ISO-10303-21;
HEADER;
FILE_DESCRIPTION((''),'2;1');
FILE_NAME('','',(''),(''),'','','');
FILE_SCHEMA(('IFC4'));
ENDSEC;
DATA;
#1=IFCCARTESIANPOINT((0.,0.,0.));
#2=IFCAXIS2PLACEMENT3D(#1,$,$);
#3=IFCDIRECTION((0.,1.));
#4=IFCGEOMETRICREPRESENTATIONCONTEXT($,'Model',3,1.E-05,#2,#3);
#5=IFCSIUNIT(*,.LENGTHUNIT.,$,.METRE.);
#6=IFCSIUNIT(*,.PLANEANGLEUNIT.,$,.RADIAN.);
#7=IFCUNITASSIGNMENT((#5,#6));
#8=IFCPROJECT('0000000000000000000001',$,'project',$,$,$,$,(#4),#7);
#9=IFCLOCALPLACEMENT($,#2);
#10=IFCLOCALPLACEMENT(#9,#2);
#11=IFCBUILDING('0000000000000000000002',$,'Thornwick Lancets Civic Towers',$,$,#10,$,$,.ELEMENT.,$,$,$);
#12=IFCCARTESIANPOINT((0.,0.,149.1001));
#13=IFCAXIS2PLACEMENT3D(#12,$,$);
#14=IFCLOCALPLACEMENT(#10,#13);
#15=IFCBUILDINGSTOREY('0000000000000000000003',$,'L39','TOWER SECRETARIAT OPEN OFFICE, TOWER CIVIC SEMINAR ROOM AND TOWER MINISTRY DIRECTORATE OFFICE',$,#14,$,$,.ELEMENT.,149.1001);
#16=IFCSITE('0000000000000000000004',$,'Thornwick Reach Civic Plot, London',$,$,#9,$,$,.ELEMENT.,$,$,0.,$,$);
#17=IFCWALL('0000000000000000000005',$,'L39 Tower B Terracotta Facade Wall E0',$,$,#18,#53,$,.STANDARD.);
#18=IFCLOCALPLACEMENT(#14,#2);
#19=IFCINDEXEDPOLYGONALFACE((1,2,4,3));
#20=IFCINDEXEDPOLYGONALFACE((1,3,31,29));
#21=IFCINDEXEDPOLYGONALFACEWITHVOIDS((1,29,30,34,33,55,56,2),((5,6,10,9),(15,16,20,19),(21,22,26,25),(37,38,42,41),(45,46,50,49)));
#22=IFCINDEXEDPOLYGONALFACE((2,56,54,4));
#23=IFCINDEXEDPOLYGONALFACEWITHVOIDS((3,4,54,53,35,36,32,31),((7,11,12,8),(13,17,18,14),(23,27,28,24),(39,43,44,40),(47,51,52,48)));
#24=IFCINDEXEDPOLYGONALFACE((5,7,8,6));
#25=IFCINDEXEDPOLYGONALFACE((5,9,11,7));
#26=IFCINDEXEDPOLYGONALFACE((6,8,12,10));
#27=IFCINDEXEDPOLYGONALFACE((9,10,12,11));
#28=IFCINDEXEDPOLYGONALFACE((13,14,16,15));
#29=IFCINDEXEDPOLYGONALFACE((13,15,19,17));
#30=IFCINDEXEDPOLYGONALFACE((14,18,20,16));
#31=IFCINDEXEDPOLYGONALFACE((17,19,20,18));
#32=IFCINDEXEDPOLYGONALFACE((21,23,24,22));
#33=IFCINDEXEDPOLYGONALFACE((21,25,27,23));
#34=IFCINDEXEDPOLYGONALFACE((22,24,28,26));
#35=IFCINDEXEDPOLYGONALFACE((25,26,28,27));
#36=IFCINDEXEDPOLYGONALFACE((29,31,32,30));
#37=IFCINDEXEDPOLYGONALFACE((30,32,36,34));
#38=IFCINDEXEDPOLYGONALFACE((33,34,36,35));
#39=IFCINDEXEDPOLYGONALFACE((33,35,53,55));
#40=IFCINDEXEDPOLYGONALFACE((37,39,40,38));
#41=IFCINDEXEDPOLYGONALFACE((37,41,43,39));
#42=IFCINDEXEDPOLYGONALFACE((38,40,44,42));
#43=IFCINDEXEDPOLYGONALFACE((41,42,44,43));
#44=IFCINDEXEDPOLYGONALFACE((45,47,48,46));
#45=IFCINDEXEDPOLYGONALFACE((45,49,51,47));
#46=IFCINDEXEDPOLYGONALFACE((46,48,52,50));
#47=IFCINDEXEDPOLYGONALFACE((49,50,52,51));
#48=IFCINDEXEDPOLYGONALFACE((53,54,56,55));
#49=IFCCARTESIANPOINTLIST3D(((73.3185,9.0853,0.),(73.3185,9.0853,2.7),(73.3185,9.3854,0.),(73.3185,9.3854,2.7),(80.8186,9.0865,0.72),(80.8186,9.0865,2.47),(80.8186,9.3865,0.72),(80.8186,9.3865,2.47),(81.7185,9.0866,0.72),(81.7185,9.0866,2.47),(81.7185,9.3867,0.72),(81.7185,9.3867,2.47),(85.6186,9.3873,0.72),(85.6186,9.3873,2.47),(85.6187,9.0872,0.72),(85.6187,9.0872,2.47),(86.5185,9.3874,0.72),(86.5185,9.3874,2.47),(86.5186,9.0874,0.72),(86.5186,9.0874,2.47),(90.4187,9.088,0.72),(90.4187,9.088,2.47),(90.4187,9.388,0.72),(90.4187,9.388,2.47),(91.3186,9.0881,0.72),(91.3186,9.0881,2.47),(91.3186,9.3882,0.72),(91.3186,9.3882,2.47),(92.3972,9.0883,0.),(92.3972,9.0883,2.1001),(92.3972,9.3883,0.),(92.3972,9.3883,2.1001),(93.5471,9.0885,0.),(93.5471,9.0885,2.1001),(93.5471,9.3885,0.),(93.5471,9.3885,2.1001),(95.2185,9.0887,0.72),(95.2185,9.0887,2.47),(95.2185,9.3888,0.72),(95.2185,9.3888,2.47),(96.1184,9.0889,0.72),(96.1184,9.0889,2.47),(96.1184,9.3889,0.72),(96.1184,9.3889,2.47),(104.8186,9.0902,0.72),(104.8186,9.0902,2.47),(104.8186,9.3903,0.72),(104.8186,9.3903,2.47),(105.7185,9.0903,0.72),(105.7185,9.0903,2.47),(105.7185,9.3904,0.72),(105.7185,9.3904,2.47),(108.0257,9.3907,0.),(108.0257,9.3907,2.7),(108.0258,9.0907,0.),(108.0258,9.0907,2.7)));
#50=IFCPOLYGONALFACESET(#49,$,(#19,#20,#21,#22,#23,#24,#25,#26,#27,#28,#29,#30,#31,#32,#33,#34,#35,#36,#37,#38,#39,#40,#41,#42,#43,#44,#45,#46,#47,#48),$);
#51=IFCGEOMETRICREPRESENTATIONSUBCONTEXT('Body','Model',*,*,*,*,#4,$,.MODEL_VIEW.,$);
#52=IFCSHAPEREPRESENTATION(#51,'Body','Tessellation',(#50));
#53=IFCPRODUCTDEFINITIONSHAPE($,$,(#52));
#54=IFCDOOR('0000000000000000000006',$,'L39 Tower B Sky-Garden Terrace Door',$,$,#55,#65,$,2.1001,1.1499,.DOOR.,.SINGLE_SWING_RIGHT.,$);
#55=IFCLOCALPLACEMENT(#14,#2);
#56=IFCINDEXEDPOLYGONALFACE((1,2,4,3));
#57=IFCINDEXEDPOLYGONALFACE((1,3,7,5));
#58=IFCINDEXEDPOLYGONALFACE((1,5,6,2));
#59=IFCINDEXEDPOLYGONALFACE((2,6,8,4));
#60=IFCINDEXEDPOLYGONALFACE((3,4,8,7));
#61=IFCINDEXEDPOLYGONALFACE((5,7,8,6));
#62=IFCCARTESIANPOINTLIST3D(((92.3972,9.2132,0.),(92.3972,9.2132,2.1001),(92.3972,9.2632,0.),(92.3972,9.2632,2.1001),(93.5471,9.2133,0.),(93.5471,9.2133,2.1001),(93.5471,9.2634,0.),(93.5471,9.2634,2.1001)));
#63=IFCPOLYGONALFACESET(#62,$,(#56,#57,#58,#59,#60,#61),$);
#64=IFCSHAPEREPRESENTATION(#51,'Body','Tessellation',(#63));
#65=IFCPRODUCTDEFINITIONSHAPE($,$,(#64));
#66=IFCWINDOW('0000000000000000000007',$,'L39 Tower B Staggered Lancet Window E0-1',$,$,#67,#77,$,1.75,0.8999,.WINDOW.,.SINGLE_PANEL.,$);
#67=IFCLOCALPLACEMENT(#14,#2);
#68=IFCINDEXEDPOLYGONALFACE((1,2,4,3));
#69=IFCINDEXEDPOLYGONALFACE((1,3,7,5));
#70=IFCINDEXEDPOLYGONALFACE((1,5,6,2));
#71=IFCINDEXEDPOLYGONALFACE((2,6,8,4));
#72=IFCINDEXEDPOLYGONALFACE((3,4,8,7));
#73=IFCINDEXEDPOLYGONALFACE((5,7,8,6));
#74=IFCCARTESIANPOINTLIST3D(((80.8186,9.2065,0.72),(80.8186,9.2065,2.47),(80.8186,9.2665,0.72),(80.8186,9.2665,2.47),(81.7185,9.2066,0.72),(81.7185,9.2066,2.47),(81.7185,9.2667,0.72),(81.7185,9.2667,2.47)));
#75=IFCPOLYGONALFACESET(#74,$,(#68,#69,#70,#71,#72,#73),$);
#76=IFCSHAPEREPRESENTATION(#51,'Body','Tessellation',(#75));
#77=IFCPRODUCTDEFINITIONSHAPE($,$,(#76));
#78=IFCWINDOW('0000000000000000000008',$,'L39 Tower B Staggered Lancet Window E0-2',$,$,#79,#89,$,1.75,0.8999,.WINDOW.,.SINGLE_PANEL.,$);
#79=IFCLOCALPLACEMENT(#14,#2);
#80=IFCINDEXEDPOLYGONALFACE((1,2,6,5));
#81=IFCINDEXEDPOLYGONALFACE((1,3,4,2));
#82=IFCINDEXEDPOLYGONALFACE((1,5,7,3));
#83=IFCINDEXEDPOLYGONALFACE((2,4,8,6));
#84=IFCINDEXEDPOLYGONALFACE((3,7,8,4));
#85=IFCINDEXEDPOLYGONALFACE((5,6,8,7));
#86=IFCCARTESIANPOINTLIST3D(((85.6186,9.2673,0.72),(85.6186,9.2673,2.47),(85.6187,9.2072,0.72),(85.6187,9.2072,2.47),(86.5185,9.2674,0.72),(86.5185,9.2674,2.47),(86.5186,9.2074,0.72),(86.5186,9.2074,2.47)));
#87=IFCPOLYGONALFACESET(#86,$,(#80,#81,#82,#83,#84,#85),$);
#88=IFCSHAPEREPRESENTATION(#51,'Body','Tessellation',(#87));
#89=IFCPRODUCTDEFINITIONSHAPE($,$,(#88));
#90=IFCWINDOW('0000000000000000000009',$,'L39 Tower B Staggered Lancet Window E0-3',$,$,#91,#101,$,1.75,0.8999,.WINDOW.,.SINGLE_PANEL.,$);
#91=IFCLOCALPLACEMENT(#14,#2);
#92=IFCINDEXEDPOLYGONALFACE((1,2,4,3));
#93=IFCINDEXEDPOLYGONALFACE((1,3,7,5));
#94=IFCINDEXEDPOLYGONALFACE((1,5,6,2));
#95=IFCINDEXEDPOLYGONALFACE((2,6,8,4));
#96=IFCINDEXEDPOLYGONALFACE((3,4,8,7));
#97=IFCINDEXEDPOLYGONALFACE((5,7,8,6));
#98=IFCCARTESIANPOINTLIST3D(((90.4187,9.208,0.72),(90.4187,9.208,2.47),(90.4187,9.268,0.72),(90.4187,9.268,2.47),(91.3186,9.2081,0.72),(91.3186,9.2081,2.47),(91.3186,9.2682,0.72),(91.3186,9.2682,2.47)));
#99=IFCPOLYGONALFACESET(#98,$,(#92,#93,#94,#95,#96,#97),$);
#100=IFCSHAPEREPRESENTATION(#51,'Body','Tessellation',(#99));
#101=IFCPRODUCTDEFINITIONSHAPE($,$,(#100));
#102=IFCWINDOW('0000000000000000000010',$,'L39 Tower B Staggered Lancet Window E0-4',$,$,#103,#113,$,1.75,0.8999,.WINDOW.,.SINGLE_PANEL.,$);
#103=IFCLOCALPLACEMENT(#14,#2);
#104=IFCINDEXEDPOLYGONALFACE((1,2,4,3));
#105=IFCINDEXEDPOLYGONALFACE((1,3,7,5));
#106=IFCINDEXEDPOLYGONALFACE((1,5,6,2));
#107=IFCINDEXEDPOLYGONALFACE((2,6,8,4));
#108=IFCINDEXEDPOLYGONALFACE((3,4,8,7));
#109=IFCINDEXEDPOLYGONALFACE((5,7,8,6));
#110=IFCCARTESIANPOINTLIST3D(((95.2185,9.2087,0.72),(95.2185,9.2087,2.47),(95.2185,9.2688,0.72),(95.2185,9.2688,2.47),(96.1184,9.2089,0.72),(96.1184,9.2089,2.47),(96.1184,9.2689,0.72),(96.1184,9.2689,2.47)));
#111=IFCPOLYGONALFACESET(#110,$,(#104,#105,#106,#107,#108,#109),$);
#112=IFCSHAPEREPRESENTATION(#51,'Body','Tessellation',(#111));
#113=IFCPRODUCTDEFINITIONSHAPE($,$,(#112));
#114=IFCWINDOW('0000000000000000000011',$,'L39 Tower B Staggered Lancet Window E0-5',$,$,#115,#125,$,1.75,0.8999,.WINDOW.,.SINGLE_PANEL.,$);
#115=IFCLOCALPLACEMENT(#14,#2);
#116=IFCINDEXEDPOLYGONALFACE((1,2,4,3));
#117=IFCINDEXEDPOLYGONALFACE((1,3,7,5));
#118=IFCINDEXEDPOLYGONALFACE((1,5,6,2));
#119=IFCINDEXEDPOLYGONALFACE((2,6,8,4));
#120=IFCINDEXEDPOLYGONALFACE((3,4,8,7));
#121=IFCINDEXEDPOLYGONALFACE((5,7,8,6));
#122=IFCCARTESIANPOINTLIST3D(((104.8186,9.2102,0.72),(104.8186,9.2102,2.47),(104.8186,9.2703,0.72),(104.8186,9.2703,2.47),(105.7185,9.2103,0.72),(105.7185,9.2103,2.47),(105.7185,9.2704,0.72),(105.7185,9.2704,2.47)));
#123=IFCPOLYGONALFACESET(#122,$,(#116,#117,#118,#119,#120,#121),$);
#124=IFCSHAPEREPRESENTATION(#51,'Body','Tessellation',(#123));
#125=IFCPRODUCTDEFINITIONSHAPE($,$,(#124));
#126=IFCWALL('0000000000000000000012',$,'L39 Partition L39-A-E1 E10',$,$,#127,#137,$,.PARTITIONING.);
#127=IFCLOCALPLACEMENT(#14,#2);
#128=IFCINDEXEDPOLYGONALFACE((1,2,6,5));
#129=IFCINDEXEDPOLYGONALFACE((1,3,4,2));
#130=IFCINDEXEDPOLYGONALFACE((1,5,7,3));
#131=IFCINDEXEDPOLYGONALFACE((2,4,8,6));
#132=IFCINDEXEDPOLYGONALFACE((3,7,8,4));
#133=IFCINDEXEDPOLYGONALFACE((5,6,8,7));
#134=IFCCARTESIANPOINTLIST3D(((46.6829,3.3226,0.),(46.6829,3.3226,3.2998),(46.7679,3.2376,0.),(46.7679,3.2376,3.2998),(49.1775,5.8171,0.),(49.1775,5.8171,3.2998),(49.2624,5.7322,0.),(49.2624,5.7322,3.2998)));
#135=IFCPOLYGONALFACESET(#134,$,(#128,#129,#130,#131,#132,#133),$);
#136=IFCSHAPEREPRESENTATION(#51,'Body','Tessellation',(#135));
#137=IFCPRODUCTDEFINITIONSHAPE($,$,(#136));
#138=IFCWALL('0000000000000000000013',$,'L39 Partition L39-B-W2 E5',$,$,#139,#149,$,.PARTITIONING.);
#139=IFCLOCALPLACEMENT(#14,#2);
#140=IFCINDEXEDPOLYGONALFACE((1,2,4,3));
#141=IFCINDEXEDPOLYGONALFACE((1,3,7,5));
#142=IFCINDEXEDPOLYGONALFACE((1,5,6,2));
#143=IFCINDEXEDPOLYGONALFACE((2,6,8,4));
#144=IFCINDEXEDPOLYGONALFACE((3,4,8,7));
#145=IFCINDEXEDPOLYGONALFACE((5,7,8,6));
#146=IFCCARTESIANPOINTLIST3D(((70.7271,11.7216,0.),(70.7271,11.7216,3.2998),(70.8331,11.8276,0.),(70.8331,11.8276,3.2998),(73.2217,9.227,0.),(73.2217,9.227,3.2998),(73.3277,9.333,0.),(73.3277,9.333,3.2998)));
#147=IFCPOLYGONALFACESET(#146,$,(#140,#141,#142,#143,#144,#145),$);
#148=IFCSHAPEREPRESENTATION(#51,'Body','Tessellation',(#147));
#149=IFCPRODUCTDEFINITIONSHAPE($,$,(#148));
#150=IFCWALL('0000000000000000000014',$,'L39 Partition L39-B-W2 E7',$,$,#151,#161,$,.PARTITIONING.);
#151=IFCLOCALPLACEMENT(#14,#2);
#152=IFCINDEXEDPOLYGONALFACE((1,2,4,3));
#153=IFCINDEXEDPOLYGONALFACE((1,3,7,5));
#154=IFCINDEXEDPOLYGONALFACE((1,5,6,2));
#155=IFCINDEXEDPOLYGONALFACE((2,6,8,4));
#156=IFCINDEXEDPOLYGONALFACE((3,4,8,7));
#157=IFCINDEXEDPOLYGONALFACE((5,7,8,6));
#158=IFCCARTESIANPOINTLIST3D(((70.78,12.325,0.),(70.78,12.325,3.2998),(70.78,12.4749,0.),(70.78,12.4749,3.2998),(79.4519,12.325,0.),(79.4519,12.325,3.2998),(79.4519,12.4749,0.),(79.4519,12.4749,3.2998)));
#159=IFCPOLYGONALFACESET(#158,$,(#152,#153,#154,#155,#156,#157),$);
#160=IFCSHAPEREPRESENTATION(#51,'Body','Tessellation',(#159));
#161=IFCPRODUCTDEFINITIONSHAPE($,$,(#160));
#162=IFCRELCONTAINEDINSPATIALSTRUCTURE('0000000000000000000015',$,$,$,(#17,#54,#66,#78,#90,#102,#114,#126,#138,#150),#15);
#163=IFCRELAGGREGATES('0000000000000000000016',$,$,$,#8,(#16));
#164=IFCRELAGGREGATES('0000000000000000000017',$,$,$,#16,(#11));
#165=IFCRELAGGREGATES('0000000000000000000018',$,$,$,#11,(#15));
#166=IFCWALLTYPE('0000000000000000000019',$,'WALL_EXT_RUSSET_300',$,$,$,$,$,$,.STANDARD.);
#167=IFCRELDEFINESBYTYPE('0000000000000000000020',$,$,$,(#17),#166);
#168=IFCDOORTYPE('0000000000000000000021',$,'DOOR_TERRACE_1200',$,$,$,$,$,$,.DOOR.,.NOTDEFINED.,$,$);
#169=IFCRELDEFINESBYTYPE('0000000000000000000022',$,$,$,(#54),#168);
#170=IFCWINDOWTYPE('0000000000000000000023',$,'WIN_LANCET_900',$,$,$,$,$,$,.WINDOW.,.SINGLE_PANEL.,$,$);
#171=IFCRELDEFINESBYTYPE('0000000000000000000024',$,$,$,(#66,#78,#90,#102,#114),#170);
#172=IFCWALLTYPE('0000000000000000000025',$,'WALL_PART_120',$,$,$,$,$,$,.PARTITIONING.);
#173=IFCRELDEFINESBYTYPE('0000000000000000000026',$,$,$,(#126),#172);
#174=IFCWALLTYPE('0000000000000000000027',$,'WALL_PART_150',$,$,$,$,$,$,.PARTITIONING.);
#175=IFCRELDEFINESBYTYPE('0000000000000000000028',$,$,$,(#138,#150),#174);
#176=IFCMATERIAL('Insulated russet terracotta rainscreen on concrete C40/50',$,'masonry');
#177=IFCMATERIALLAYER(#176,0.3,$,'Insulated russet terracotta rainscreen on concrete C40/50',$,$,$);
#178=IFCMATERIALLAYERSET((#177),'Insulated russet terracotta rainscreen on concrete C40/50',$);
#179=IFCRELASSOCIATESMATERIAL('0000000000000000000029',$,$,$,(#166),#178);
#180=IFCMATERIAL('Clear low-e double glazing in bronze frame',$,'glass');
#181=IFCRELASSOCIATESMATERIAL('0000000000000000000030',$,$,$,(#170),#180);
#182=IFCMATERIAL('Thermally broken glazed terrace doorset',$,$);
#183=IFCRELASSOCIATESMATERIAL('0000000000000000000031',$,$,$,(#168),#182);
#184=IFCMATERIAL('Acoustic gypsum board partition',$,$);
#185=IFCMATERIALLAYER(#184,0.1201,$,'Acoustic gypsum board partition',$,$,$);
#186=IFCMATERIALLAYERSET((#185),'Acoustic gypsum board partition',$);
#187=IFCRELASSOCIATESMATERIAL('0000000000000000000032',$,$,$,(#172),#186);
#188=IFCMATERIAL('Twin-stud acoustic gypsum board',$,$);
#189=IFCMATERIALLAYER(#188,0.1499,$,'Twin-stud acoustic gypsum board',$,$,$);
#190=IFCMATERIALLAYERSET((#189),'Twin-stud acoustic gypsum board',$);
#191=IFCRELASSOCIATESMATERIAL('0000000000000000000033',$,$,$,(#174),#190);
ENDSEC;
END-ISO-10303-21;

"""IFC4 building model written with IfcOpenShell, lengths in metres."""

from ifc_helpers import new_model, si_unit, direction, frame, frame_2d, origin, place, context, subcontext, project, spatial, rectangle, extrude, material, layer, layer_set, type_object, element, fill, save


model = new_model("IFC4")

# Units and contexts
model_context = context("Model", 3, precision=1e-05, world=origin(), true_north=direction((0.0, 1.0)))
body_context = subcontext(model_context, "Body", "Model", "MODEL_VIEW")
ifc_project = project(units=[si_unit("LENGTHUNIT", "METRE"), si_unit("PLANEANGLEUNIT", "RADIAN")], contexts=[model_context])

# Site, building, storey
site_placement = place(None, origin())
site = spatial("IfcSite", under=ifc_project, at=site_placement, Name="Thornwick Reach Civic Plot, London", CompositionType="ELEMENT", RefElevation=0.0)
building_placement = place(site_placement, origin())
building = spatial("IfcBuilding", under=site, at=building_placement, Name="Thornwick Lancets Civic Towers", CompositionType="ELEMENT")
storey_placement = place(building_placement, frame((0.0, 0.0, 149.1001)))
storey = spatial("IfcBuildingStorey", under=building, at=storey_placement, Name="L39", Description="TOWER SECRETARIAT OPEN OFFICE, TOWER CIVIC SEMINAR ROOM AND TOWER MINISTRY DIRECTORATE OFFICE", CompositionType="ELEMENT", Elevation=149.1001)

# Shared definitions
ifc_material_1 = material(Name="Insulated russet terracotta rainscreen on concrete C40/50", Category="masonry")
ifc_layer_1 = layer(ifc_material_1, 0.3, Name="Insulated russet terracotta rainscreen on concrete C40/50")
ifc_layer_set_1 = layer_set([ifc_layer_1], Name="Insulated russet terracotta rainscreen on concrete C40/50")
wall_type_1 = type_object("IfcWallType", Name="WALL_EXT_RUSSET_300", PredefinedType="STANDARD", material=ifc_layer_set_1)
ifc_material_2 = material(Name="Clear low-e double glazing in bronze frame", Category="glass")
window_type = type_object("IfcWindowType", Name="WIN_LANCET_900", PartitioningType="SINGLE_PANEL", PredefinedType="WINDOW", material=ifc_material_2)

# Wall, openings, door, windows
wall_1_placement = place(storey_placement, frame((73.3186, 9.2354, 0.0), z_axis=(0.0, 0.0, 1.0), x_axis=(1.0, 0.000155, 0.0)))
wall_1 = element("IfcWall", 1, at=wall_1_placement, inside=storey, type_object=wall_type_1, Name="L39 Tower B Terracotta Facade Wall E0", PredefinedType="STANDARD", context=body_context, shape_type="SweptSolid", body=[
    extrude(rectangle(XDim=34.7073, YDim=0.3, at=frame_2d((17.3535, 0.0))), origin(), (0.0, 0.0, 1.0), 2.7),
])
opening_1_placement = place(wall_1_placement, frame((19.0786, 0.0, 0.0)))
opening_1 = element("IfcOpeningElement", 2, at=opening_1_placement, cuts=wall_1, PredefinedType="OPENING", context=body_context, shape_type="SweptSolid", body=[
    extrude(rectangle(XDim=1.1499, YDim=2.1001, at=frame_2d((0.575, 1.05))), frame((0.0, 0.1602, 0.0), z_axis=(0.0, -1.0, 0.0), x_axis=(1.0, 0.0, 0.0)), (0.0, 0.0, 1.0), 0.3201),
])
opening_2_placement = place(wall_1_placement, frame((7.5, 0.0, 0.72)))
opening_2 = element("IfcOpeningElement", 3, at=opening_2_placement, cuts=wall_1, PredefinedType="OPENING", context=body_context, shape_type="SweptSolid", body=[
    extrude(rectangle(XDim=0.8999, YDim=1.75, at=frame_2d((0.45, 0.875))), frame((0.0, 0.1602, 0.0), z_axis=(0.0, -1.0, 0.0), x_axis=(1.0, 0.0, 0.0)), (0.0, 0.0, 1.0), 0.3201),
])
opening_3_placement = place(wall_1_placement, frame((12.3, 0.0, 0.72)))
opening_3 = element("IfcOpeningElement", 4, at=opening_3_placement, cuts=wall_1, PredefinedType="OPENING", context=body_context, shape_type="SweptSolid", body=[
    extrude(rectangle(XDim=0.8999, YDim=1.75, at=frame_2d((0.45, 0.875))), frame((0.0, 0.1602, 0.0), z_axis=(0.0, -1.0, 0.0), x_axis=(1.0, 0.0, 0.0)), (0.0, 0.0, 1.0), 0.3201),
])
opening_4_placement = place(wall_1_placement, frame((17.1001, 0.0, 0.72)))
opening_4 = element("IfcOpeningElement", 5, at=opening_4_placement, cuts=wall_1, PredefinedType="OPENING", context=body_context, shape_type="SweptSolid", body=[
    extrude(rectangle(XDim=0.8999, YDim=1.75, at=frame_2d((0.45, 0.875))), frame((0.0, 0.1602, 0.0), z_axis=(0.0, -1.0, 0.0), x_axis=(1.0, 0.0, 0.0)), (0.0, 0.0, 1.0), 0.3201),
])
opening_5_placement = place(wall_1_placement, frame((21.8999, 0.0, 0.72)))
opening_5 = element("IfcOpeningElement", 6, at=opening_5_placement, cuts=wall_1, PredefinedType="OPENING", context=body_context, shape_type="SweptSolid", body=[
    extrude(rectangle(XDim=0.8999, YDim=1.75, at=frame_2d((0.45, 0.875))), frame((0.0, 0.1602, 0.0), z_axis=(0.0, -1.0, 0.0), x_axis=(1.0, 0.0, 0.0)), (0.0, 0.0, 1.0), 0.3201),
])
opening_6_placement = place(wall_1_placement, frame((31.5, 0.0, 0.72)))
opening_6 = element("IfcOpeningElement", 7, at=opening_6_placement, cuts=wall_1, PredefinedType="OPENING", context=body_context, shape_type="SweptSolid", body=[
    extrude(rectangle(XDim=0.8999, YDim=1.75, at=frame_2d((0.45, 0.875))), frame((0.0, 0.1602, 0.0), z_axis=(0.0, -1.0, 0.0), x_axis=(1.0, 0.0, 0.0)), (0.0, 0.0, 1.0), 0.3201),
])
ifc_material_3 = material(Name="Thermally broken glazed terrace doorset")
door_type = type_object("IfcDoorType", Name="DOOR_TERRACE_1200", OperationType="NOTDEFINED", PredefinedType="DOOR", material=ifc_material_3)
door_placement = place(opening_1_placement, origin())
door = element("IfcDoor", 8, at=door_placement, inside=storey, type_object=door_type, Name="L39 Tower B Sky-Garden Terrace Door", OperationType="SINGLE_SWING_RIGHT", OverallHeight=2.1001, OverallWidth=1.1499, PredefinedType="DOOR", context=body_context, shape_type="SweptSolid", body=[
    extrude(rectangle(XDim=1.1499, YDim=2.1001, at=frame_2d((0.575, 1.05))), frame((0.0, 0.0249, 0.0), z_axis=(0.0, -1.0, 0.0), x_axis=(1.0, 0.0, 0.0)), (0.0, 0.0, 1.0), 0.05),
])
fill(opening_1, door)
window_1_placement = place(opening_2_placement, origin())
window_1 = element("IfcWindow", 9, at=window_1_placement, inside=storey, type_object=window_type, Name="L39 Tower B Staggered Lancet Window E0-1", OverallHeight=1.75, OverallWidth=0.8999, PartitioningType="SINGLE_PANEL", PredefinedType="WINDOW", context=body_context, shape_type="SweptSolid", body=[
    extrude(rectangle(XDim=0.8999, YDim=1.75, at=frame_2d((0.45, 0.875))), frame((0.0, 0.03, 0.0), z_axis=(0.0, -1.0, 0.0), x_axis=(1.0, 0.0, 0.0)), (0.0, 0.0, 1.0), 0.0601),
])
fill(opening_2, window_1)
window_2_placement = place(opening_3_placement, origin())
window_2 = element("IfcWindow", 10, at=window_2_placement, inside=storey, type_object=window_type, Name="L39 Tower B Staggered Lancet Window E0-2", OverallHeight=1.75, OverallWidth=0.8999, PartitioningType="SINGLE_PANEL", PredefinedType="WINDOW", context=body_context, shape_type="SweptSolid", body=[
    extrude(rectangle(XDim=0.8999, YDim=1.75, at=frame_2d((0.45, 0.875))), frame((0.0, 0.03, 0.0), z_axis=(0.0, -1.0, 0.0), x_axis=(1.0, 0.0, 0.0)), (0.0, 0.0, 1.0), 0.0601),
])
fill(opening_3, window_2)
window_3_placement = place(opening_4_placement, origin())
window_3 = element("IfcWindow", 11, at=window_3_placement, inside=storey, type_object=window_type, Name="L39 Tower B Staggered Lancet Window E0-3", OverallHeight=1.75, OverallWidth=0.8999, PartitioningType="SINGLE_PANEL", PredefinedType="WINDOW", context=body_context, shape_type="SweptSolid", body=[
    extrude(rectangle(XDim=0.8999, YDim=1.75, at=frame_2d((0.45, 0.875))), frame((0.0, 0.03, 0.0), z_axis=(0.0, -1.0, 0.0), x_axis=(1.0, 0.0, 0.0)), (0.0, 0.0, 1.0), 0.0601),
])
fill(opening_4, window_3)
window_4_placement = place(opening_5_placement, origin())
window_4 = element("IfcWindow", 12, at=window_4_placement, inside=storey, type_object=window_type, Name="L39 Tower B Staggered Lancet Window E0-4", OverallHeight=1.75, OverallWidth=0.8999, PartitioningType="SINGLE_PANEL", PredefinedType="WINDOW", context=body_context, shape_type="SweptSolid", body=[
    extrude(rectangle(XDim=0.8999, YDim=1.75, at=frame_2d((0.45, 0.875))), frame((0.0, 0.03, 0.0), z_axis=(0.0, -1.0, 0.0), x_axis=(1.0, 0.0, 0.0)), (0.0, 0.0, 1.0), 0.0601),
])
fill(opening_5, window_4)
window_5_placement = place(opening_6_placement, origin())
window_5 = element("IfcWindow", 13, at=window_5_placement, inside=storey, type_object=window_type, Name="L39 Tower B Staggered Lancet Window E0-5", OverallHeight=1.75, OverallWidth=0.8999, PartitioningType="SINGLE_PANEL", PredefinedType="WINDOW", context=body_context, shape_type="SweptSolid", body=[
    extrude(rectangle(XDim=0.8999, YDim=1.75, at=frame_2d((0.45, 0.875))), frame((0.0, 0.03, 0.0), z_axis=(0.0, -1.0, 0.0), x_axis=(1.0, 0.0, 0.0)), (0.0, 0.0, 1.0), 0.0601),
])
fill(opening_6, window_5)

# Walls
ifc_material_4 = material(Name="Acoustic gypsum board partition")
ifc_layer_2 = layer(ifc_material_4, 0.1201, Name="Acoustic gypsum board partition")
ifc_layer_set_2 = layer_set([ifc_layer_2], Name="Acoustic gypsum board partition")
wall_type_2 = type_object("IfcWallType", Name="WALL_PART_120", PredefinedType="PARTITIONING", material=ifc_layer_set_2)
wall_2_placement = place(storey_placement, frame((49.22, 5.7747, 0.0), z_axis=(0.0, 0.0, 1.0), x_axis=(-0.707107, -0.707107, 0.0)))
element("IfcWall", 14, at=wall_2_placement, inside=storey, type_object=wall_type_2, Name="L39 Partition L39-A-E1 E10", PredefinedType="PARTITIONING", context=body_context, shape_type="SweptSolid", body=[
    extrude(rectangle(XDim=3.5278, YDim=0.1201, at=frame_2d((1.7639, 0.0))), origin(), (0.0, 0.0, 1.0), 3.2998),
])
ifc_material_5 = material(Name="Twin-stud acoustic gypsum board")
ifc_layer_3 = layer(ifc_material_5, 0.1499, Name="Twin-stud acoustic gypsum board")
ifc_layer_set_3 = layer_set([ifc_layer_3], Name="Twin-stud acoustic gypsum board")
wall_type_3 = type_object("IfcWallType", Name="WALL_PART_150", PredefinedType="PARTITIONING", material=ifc_layer_set_3)
wall_3_placement = place(storey_placement, frame((73.2747, 9.28, 0.0), z_axis=(0.0, 0.0, 1.0), x_axis=(-0.707107, 0.707107, 0.0)))
element("IfcWall", 15, at=wall_3_placement, inside=storey, type_object=wall_type_3, Name="L39 Partition L39-B-W2 E5", PredefinedType="PARTITIONING", context=body_context, shape_type="SweptSolid", body=[
    extrude(rectangle(XDim=3.5278, YDim=0.1499, at=frame_2d((1.7639, 0.0))), origin(), (0.0, 0.0, 1.0), 3.2998),
])
wall_4_placement = place(storey_placement, frame((70.78, 12.3999, 0.0), z_axis=(0.0, 0.0, 1.0), x_axis=(1.0, 0.0, 0.0)))
element("IfcWall", 16, at=wall_4_placement, inside=storey, type_object=wall_type_3, Name="L39 Partition L39-B-W2 E7", PredefinedType="PARTITIONING", context=body_context, shape_type="SweptSolid", body=[
    extrude(rectangle(XDim=8.6719, YDim=0.1499, at=frame_2d((4.3359, 0.0))), origin(), (0.0, 0.0, 1.0), 3.2998),
])

save(model, "model.ifc")
